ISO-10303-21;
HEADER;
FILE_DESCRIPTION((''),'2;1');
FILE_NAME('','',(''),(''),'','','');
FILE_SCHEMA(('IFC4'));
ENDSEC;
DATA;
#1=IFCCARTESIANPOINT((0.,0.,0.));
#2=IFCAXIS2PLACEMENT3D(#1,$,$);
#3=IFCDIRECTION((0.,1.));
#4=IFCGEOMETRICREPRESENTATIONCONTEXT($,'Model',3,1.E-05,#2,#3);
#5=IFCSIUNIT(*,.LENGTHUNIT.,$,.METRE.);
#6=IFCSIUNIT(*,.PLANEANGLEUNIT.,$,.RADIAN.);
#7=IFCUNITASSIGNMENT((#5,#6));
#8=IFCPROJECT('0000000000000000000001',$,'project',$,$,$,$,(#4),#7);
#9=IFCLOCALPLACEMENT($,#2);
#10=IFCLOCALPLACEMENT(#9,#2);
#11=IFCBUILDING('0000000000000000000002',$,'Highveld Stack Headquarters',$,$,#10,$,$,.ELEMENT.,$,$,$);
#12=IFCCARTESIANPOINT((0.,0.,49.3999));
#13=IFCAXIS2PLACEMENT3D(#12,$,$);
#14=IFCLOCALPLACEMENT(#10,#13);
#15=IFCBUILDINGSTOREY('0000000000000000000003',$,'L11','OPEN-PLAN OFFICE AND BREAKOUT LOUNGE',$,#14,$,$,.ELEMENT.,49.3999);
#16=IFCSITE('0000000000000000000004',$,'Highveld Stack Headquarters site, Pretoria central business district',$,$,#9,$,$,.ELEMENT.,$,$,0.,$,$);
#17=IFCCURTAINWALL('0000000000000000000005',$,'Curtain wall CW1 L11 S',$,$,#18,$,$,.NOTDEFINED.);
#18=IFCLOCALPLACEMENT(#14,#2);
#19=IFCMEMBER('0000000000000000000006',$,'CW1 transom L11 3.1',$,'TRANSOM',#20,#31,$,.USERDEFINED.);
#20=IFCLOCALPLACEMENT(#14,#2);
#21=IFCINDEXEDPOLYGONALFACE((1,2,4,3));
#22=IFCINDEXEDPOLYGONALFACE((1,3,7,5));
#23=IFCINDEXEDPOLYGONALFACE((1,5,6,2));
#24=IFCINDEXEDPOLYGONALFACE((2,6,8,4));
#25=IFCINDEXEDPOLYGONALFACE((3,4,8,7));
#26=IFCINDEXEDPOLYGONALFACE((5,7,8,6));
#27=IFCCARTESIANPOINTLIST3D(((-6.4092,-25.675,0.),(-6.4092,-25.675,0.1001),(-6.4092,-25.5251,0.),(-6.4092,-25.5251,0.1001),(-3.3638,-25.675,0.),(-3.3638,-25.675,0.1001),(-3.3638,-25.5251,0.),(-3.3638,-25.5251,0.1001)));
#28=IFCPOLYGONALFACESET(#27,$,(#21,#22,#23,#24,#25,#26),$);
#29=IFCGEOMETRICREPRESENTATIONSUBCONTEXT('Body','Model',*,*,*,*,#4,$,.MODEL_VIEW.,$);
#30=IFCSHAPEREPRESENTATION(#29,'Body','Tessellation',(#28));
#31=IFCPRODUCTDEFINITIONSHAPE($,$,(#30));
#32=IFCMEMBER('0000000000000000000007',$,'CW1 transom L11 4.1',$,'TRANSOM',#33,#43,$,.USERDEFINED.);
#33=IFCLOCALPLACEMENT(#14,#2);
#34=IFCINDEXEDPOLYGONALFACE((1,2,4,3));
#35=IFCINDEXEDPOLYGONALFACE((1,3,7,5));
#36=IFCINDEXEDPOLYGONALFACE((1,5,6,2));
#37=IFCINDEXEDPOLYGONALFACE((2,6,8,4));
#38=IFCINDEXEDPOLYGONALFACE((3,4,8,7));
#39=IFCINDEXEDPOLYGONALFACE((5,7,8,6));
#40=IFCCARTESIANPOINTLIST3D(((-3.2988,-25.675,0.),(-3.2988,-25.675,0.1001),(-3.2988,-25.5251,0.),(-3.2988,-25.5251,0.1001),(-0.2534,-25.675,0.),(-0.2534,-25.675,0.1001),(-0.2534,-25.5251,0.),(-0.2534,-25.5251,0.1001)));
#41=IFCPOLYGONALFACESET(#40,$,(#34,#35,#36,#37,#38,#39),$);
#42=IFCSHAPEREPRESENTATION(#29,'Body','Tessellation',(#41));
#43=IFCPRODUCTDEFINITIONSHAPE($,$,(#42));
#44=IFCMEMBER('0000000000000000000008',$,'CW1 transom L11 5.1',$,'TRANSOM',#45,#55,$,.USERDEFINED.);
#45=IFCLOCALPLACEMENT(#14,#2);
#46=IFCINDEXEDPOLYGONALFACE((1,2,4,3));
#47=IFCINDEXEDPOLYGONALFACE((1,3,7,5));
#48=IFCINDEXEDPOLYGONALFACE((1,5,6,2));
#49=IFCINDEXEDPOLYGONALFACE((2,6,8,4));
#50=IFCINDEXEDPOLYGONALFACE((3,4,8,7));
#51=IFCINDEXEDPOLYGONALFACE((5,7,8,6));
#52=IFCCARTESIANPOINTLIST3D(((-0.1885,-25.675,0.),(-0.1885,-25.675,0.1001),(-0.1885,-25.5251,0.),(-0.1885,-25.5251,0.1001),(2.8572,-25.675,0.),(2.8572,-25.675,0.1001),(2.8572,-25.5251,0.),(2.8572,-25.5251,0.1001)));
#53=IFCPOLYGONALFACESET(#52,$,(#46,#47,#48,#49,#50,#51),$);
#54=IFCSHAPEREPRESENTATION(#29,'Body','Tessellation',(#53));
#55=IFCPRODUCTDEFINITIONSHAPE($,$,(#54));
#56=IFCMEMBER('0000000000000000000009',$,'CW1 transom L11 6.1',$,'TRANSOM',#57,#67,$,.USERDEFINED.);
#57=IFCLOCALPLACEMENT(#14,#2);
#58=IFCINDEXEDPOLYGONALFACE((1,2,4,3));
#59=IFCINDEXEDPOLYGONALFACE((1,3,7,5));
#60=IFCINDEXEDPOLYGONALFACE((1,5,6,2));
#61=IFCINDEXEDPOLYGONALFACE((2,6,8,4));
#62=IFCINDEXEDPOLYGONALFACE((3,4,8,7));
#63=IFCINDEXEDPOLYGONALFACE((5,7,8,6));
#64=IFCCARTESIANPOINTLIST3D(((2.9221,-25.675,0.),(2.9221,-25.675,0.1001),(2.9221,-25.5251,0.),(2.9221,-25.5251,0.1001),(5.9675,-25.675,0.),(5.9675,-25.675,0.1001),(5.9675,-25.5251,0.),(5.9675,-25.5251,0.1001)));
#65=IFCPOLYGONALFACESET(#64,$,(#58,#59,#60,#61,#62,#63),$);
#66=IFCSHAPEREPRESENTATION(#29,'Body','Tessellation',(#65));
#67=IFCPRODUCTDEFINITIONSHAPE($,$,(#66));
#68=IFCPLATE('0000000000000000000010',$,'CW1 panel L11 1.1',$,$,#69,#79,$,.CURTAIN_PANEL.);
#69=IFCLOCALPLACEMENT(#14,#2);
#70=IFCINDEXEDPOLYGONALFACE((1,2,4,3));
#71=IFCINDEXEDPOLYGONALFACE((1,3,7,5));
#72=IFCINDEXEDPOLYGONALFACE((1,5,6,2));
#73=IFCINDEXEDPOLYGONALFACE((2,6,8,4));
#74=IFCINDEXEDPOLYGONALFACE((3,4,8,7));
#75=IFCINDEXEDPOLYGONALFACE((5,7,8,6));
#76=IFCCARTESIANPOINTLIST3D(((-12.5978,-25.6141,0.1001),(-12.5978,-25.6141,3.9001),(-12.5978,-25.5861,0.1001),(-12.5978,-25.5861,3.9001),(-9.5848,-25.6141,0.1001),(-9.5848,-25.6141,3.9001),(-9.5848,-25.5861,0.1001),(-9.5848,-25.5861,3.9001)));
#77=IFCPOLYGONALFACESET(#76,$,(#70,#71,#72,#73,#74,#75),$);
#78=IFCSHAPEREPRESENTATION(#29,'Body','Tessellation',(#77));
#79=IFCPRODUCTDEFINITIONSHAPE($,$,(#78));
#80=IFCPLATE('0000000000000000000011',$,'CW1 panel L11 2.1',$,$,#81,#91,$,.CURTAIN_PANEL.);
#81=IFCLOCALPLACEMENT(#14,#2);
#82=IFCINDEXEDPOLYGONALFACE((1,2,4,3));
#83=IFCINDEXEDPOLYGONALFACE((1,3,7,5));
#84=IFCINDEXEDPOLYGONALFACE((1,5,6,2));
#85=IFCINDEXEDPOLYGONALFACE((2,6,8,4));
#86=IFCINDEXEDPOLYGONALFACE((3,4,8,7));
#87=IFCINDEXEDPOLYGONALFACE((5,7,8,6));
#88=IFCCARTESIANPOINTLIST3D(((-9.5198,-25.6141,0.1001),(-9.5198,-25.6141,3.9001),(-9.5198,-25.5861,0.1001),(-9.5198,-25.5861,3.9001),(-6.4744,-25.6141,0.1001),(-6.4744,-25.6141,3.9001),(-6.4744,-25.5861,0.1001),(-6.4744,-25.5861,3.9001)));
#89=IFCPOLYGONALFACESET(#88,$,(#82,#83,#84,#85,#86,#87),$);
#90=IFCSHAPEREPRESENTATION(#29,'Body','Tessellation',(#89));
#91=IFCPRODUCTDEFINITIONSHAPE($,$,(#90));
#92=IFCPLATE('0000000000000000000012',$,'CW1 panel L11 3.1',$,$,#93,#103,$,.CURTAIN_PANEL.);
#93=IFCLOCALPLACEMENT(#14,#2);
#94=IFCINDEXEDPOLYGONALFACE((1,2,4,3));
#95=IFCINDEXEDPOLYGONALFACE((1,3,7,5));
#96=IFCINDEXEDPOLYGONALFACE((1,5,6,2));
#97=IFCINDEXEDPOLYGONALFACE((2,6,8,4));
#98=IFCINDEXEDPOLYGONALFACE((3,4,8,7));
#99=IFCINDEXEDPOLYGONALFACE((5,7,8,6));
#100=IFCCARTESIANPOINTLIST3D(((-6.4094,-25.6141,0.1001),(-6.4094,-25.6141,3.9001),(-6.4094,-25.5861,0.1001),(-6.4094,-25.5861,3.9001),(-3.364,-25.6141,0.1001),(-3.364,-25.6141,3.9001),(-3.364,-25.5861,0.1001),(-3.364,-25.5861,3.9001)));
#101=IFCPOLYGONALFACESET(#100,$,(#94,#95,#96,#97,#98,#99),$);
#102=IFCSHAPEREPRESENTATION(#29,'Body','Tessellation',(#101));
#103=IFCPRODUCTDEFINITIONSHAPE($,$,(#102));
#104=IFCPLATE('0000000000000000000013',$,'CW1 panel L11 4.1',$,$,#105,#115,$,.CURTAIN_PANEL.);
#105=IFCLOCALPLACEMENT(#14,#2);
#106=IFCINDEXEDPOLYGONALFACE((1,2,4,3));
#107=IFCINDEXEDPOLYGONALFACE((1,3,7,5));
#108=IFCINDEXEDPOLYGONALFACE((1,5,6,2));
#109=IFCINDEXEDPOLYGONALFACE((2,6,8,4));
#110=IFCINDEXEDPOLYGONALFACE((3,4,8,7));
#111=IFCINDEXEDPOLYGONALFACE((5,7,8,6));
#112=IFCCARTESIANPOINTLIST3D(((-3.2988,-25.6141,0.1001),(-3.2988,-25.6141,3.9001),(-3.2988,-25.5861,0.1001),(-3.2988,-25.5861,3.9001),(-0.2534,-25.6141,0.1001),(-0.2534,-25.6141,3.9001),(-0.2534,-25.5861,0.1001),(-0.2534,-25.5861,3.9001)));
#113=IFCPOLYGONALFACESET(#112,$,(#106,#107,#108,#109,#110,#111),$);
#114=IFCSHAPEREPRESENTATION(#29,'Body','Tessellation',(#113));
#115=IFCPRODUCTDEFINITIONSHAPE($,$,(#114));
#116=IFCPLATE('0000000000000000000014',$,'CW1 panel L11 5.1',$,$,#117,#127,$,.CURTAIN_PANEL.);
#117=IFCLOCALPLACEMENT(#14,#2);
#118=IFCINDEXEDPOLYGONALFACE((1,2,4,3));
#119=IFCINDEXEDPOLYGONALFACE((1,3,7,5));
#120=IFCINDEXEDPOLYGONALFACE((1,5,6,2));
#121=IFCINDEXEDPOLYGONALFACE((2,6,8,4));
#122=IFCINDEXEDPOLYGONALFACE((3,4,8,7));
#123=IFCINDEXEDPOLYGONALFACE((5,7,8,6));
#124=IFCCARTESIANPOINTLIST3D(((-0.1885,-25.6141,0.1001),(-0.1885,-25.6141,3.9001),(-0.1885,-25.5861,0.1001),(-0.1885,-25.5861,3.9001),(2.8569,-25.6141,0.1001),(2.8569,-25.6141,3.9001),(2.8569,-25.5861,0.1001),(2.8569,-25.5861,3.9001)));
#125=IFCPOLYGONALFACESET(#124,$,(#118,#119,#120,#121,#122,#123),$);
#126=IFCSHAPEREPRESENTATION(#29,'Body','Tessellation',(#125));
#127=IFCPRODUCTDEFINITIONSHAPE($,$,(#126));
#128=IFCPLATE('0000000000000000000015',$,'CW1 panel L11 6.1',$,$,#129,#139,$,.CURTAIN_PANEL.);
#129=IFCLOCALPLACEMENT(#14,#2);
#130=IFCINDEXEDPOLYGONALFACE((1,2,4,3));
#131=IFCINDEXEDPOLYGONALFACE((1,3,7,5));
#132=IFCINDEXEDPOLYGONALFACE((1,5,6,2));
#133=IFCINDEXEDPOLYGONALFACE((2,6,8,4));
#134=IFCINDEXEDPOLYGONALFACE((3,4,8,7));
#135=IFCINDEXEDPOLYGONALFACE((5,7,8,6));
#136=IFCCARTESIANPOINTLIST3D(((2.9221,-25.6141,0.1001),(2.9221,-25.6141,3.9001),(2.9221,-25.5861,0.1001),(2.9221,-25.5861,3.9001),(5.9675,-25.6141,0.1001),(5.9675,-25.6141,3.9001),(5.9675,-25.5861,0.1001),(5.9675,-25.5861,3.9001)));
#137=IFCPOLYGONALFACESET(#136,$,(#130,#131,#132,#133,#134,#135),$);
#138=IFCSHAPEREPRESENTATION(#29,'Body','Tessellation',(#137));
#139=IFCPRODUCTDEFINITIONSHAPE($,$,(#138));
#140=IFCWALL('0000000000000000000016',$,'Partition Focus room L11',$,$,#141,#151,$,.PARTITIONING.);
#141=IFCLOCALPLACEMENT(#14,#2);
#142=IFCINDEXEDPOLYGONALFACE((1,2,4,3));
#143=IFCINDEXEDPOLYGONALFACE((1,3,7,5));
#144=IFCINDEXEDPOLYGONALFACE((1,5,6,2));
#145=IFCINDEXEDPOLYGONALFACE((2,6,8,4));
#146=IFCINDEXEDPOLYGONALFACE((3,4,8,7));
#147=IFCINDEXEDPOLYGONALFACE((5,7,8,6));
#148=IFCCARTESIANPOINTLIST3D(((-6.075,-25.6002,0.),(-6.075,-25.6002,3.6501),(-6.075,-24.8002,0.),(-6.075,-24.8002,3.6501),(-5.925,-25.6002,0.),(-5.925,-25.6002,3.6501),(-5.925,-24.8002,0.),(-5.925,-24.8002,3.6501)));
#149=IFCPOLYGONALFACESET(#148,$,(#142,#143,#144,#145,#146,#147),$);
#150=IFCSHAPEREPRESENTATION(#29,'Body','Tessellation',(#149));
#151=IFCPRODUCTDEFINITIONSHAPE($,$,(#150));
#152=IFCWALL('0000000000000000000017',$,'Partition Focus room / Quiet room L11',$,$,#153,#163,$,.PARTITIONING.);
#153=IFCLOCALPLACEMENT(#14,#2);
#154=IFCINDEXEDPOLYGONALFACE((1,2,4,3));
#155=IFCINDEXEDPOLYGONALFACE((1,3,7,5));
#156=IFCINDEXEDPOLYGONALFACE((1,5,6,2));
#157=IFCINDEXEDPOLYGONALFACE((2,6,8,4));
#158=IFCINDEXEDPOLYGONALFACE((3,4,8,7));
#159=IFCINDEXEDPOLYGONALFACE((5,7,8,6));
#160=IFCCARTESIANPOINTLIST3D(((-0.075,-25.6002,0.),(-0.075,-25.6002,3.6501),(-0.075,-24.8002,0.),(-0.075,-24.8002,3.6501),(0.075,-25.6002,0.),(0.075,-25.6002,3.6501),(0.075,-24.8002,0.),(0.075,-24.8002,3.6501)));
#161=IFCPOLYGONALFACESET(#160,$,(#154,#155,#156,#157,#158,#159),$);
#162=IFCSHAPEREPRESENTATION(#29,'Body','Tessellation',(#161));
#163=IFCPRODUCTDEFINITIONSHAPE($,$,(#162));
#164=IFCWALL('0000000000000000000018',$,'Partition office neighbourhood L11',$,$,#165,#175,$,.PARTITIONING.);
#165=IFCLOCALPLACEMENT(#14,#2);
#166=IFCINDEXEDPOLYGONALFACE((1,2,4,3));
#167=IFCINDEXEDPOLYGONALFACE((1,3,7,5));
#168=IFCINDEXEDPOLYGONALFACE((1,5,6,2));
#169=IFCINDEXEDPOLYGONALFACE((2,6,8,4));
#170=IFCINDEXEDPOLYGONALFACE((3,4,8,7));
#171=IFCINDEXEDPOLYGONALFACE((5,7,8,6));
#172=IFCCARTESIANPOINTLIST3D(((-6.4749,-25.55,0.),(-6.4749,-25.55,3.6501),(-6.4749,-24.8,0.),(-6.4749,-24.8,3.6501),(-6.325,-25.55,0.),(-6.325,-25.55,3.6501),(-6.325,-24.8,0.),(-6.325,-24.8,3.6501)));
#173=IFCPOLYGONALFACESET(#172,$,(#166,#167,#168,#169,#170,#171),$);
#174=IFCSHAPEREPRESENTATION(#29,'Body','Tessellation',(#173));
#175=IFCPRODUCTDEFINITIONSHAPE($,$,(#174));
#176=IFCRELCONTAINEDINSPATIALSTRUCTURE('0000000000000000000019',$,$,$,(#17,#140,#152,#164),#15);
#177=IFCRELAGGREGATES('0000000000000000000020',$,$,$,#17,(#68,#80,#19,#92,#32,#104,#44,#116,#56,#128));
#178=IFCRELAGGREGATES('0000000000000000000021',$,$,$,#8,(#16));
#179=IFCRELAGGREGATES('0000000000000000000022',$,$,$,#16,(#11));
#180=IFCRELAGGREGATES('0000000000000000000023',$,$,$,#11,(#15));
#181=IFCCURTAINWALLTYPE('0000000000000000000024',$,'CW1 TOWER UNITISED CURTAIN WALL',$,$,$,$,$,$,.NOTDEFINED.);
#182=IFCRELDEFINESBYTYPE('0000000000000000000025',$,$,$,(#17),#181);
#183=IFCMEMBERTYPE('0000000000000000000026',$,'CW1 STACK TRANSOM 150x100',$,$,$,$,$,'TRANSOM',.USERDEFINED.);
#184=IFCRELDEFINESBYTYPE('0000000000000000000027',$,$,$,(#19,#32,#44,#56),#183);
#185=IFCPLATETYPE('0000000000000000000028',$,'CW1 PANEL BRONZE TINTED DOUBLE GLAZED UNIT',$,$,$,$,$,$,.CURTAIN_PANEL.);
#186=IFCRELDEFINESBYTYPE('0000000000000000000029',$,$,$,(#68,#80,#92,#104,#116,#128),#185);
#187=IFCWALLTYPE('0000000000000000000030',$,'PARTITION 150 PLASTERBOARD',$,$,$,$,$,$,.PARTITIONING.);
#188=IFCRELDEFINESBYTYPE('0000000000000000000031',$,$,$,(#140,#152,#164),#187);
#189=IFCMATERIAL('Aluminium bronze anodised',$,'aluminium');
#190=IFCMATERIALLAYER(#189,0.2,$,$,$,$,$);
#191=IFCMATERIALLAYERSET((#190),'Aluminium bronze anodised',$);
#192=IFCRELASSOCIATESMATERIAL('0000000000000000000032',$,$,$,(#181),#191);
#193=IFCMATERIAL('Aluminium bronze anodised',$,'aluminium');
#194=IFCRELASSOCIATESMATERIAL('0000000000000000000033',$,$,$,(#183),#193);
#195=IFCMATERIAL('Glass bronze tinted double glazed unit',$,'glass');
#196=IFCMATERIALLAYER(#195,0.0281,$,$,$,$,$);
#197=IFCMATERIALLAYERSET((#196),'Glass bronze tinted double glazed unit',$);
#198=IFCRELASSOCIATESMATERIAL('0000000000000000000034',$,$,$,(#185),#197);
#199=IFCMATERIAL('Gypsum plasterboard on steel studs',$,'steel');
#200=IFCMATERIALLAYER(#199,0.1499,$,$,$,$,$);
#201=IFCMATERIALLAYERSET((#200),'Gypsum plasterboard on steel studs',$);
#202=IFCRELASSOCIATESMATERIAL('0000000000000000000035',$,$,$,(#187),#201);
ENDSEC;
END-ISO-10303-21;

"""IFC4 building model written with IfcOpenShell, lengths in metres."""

from ifc_helpers import new_model, si_unit, direction, frame, frame_2d, origin, origin_2d, place, context, subcontext, project, spatial, rectangle, extrude, material, layer, layer_set, material_profile, profile_set, type_object, element, aggregate, save


model = new_model("IFC4")

# Units and contexts
model_context = context("Model", 3, precision=1e-05, world=origin(), true_north=direction((0.0, 1.0)))
body_context = subcontext(model_context, "Body", "Model", "MODEL_VIEW")
ifc_project = project(units=[si_unit("LENGTHUNIT", "METRE"), si_unit("PLANEANGLEUNIT", "RADIAN")], contexts=[model_context])

# Site, building, storey
site_placement = place(None, origin())
site = spatial("IfcSite", under=ifc_project, at=site_placement, Name="Highveld Stack Headquarters site, Pretoria central business district", CompositionType="ELEMENT", RefElevation=0.0)
building_placement = place(site_placement, origin())
building = spatial("IfcBuilding", under=site, at=building_placement, Name="Highveld Stack Headquarters", CompositionType="ELEMENT")
storey_placement = place(building_placement, frame((0.0, 0.0, 49.3999)))
storey = spatial("IfcBuildingStorey", under=building, at=storey_placement, Name="L11", Description="OPEN-PLAN OFFICE AND BREAKOUT LOUNGE", CompositionType="ELEMENT", Elevation=49.3999)

# Curtain wall, members, plates
ifc_material_1 = material(Name="Aluminium bronze anodised", Category="aluminium")
ifc_layer_1 = layer(ifc_material_1, 0.2)
ifc_layer_set_1 = layer_set([ifc_layer_1], Name="Aluminium bronze anodised")
curtain_wall_type = type_object("IfcCurtainWallType", Name="CW1 TOWER UNITISED CURTAIN WALL", PredefinedType="NOTDEFINED", material=ifc_layer_set_1)
curtain_wall_placement = place(storey_placement, origin())
curtain_wall = element("IfcCurtainWall", 1, at=curtain_wall_placement, inside=storey, type_object=curtain_wall_type, Name="Curtain wall CW1 L11 S", PredefinedType="NOTDEFINED")
ifc_material_2 = material(Name="Aluminium bronze anodised", Category="aluminium")
ifc_material_profile_1 = material_profile(ifc_material_2, rectangle(XDim=0.1499, YDim=0.1001, at=origin_2d()), Name="CW1 TRANSOM 150x100")
ifc_profile_set_1 = profile_set([ifc_material_profile_1], Name="Aluminium bronze anodised")
member_type_1 = type_object("IfcMemberType", Name="CW1 STACK TRANSOM 150x100", ElementType="TRANSOM", PredefinedType="USERDEFINED", material=ifc_profile_set_1)
member_1_placement = place(storey_placement, frame((-6.4092, -25.6001, 0.05), z_axis=(1.0, 0.0, 0.0), x_axis=(0.0, 1.0, 0.0)))
member_1 = element("IfcMember", 2, at=member_1_placement, type_object=member_type_1, Name="CW1 transom L11 3.1", ObjectType="TRANSOM", PredefinedType="USERDEFINED", context=body_context, shape_type="SweptSolid", body=[
    extrude(rectangle(XDim=0.1499, YDim=0.1001, at=origin_2d()), origin(), (0.0, 0.0, 1.0), 3.0454),
])
member_2_placement = place(storey_placement, frame((-3.2988, -25.6001, 0.05), z_axis=(1.0, 0.0, 0.0), x_axis=(0.0, 1.0, 0.0)))
member_2 = element("IfcMember", 3, at=member_2_placement, type_object=member_type_1, Name="CW1 transom L11 4.1", ObjectType="TRANSOM", PredefinedType="USERDEFINED", context=body_context, shape_type="SweptSolid", body=[
    extrude(rectangle(XDim=0.1499, YDim=0.1001, at=origin_2d()), origin(), (0.0, 0.0, 1.0), 3.0454),
])
member_3_placement = place(storey_placement, frame((-0.1885, -25.6001, 0.05), z_axis=(1.0, 0.0, 0.0), x_axis=(0.0, 1.0, 0.0)))
member_3 = element("IfcMember", 4, at=member_3_placement, type_object=member_type_1, Name="CW1 transom L11 5.1", ObjectType="TRANSOM", PredefinedType="USERDEFINED", context=body_context, shape_type="SweptSolid", body=[
    extrude(rectangle(XDim=0.1499, YDim=0.1001, at=origin_2d()), origin(), (0.0, 0.0, 1.0), 3.0457),
])
member_4_placement = place(storey_placement, frame((2.9221, -25.6001, 0.05), z_axis=(1.0, 0.0, 0.0), x_axis=(0.0, 1.0, 0.0)))
member_4 = element("IfcMember", 5, at=member_4_placement, type_object=member_type_1, Name="CW1 transom L11 6.1", ObjectType="TRANSOM", PredefinedType="USERDEFINED", context=body_context, shape_type="SweptSolid", body=[
    extrude(rectangle(XDim=0.1499, YDim=0.1001, at=origin_2d()), origin(), (0.0, 0.0, 1.0), 3.0454),
])
ifc_material_3 = material(Name="Glass bronze tinted double glazed unit", Category="glass")
ifc_layer_2 = layer(ifc_material_3, 0.0281)
ifc_layer_set_2 = layer_set([ifc_layer_2], Name="Glass bronze tinted double glazed unit")
plate_type = type_object("IfcPlateType", Name="CW1 PANEL BRONZE TINTED DOUBLE GLAZED UNIT", PredefinedType="CURTAIN_PANEL", material=ifc_layer_set_2)
plate_1_placement = place(storey_placement, frame((-11.0913, -25.6001, 0.1001), z_axis=(0.0, 0.0, 1.0), x_axis=(1.0, 0.0, 0.0)))
plate_1 = element("IfcPlate", 6, at=plate_1_placement, type_object=plate_type, Name="CW1 panel L11 1.1", PredefinedType="CURTAIN_PANEL", context=body_context, shape_type="SweptSolid", body=[
    extrude(rectangle(XDim=3.0129, YDim=0.0281, at=origin_2d()), origin(), (0.0, 0.0, 1.0), 3.8),
])
plate_2_placement = place(storey_placement, frame((-7.9971, -25.6001, 0.1001), z_axis=(0.0, 0.0, 1.0), x_axis=(1.0, 0.0, 0.0)))
plate_2 = element("IfcPlate", 7, at=plate_2_placement, type_object=plate_type, Name="CW1 panel L11 2.1", PredefinedType="CURTAIN_PANEL", context=body_context, shape_type="SweptSolid", body=[
    extrude(rectangle(XDim=3.0454, YDim=0.0281, at=origin_2d()), origin(), (0.0, 0.0, 1.0), 3.8),
])
plate_3_placement = place(storey_placement, frame((-4.8867, -25.6001, 0.1001), z_axis=(0.0, 0.0, 1.0), x_axis=(1.0, 0.0, 0.0)))
plate_3 = element("IfcPlate", 8, at=plate_3_placement, type_object=plate_type, Name="CW1 panel L11 3.1", PredefinedType="CURTAIN_PANEL", context=body_context, shape_type="SweptSolid", body=[
    extrude(rectangle(XDim=3.0454, YDim=0.0281, at=origin_2d()), origin(), (0.0, 0.0, 1.0), 3.8),
])
plate_4_placement = place(storey_placement, frame((-1.7761, -25.6001, 0.1001), z_axis=(0.0, 0.0, 1.0), x_axis=(1.0, 0.0, 0.0)))
plate_4 = element("IfcPlate", 9, at=plate_4_placement, type_object=plate_type, Name="CW1 panel L11 4.1", PredefinedType="CURTAIN_PANEL", context=body_context, shape_type="SweptSolid", body=[
    extrude(rectangle(XDim=3.0454, YDim=0.0281, at=origin_2d()), origin(), (0.0, 0.0, 1.0), 3.8),
])
plate_5_placement = place(storey_placement, frame((1.3342, -25.6001, 0.1001), z_axis=(0.0, 0.0, 1.0), x_axis=(1.0, 0.0, 0.0)))
plate_5 = element("IfcPlate", 10, at=plate_5_placement, type_object=plate_type, Name="CW1 panel L11 5.1", PredefinedType="CURTAIN_PANEL", context=body_context, shape_type="SweptSolid", body=[
    extrude(rectangle(XDim=3.0454, YDim=0.0281, at=origin_2d()), origin(), (0.0, 0.0, 1.0), 3.8),
])
plate_6_placement = place(storey_placement, frame((4.4448, -25.6001, 0.1001), z_axis=(0.0, 0.0, 1.0), x_axis=(1.0, 0.0, 0.0)))
plate_6 = element("IfcPlate", 11, at=plate_6_placement, type_object=plate_type, Name="CW1 panel L11 6.1", PredefinedType="CURTAIN_PANEL", context=body_context, shape_type="SweptSolid", body=[
    extrude(rectangle(XDim=3.0454, YDim=0.0281, at=origin_2d()), origin(), (0.0, 0.0, 1.0), 3.8),
])
aggregate(curtain_wall, [plate_1, plate_2, member_1, plate_3, member_2, plate_4, member_3, plate_5, member_4, plate_6])

# Walls
ifc_material_4 = material(Name="Gypsum plasterboard on steel studs", Category="steel")
ifc_layer_3 = layer(ifc_material_4, 0.1499)
ifc_layer_set_3 = layer_set([ifc_layer_3], Name="Gypsum plasterboard on steel studs")
wall_type = type_object("IfcWallType", Name="PARTITION 150 PLASTERBOARD", PredefinedType="PARTITIONING", material=ifc_layer_set_3)
for number, where, z_axis, x_axis, name in (
    (12, (-6.0, -25.6001, 0.0), (0.0, 0.0, 1.0), (0.0, 1.0, 0.0), "Partition Focus room L11"),
    (13, (0.0, -25.6001, 0.0), (0.0, 0.0, 1.0), (0.0, 1.0, 0.0), "Partition Focus room / Quiet room L11"),
):
    element("IfcWall", number, at=place(storey_placement, frame(where, z_axis=z_axis, x_axis=x_axis)), inside=storey, type_object=wall_type, Name=name, PredefinedType="PARTITIONING", context=body_context, shape_type="SweptSolid", body=[
        extrude(rectangle(XDim=0.8, YDim=0.1499, at=frame_2d((0.3999, 0.0))), origin(), (0.0, 0.0, 1.0), 3.6501),
    ])
wall_placement = place(storey_placement, frame((-6.3999, -25.55, 0.0), z_axis=(0.0, 0.0, 1.0), x_axis=(0.0, 1.0, 0.0)))
element("IfcWall", 14, at=wall_placement, inside=storey, type_object=wall_type, Name="Partition office neighbourhood L11", PredefinedType="PARTITIONING", context=body_context, shape_type="SweptSolid", body=[
    extrude(rectangle(XDim=0.75, YDim=0.1499, at=frame_2d((0.375, 0.0))), origin(), (0.0, 0.0, 1.0), 3.6501),
])

save(model, "model.ifc")
